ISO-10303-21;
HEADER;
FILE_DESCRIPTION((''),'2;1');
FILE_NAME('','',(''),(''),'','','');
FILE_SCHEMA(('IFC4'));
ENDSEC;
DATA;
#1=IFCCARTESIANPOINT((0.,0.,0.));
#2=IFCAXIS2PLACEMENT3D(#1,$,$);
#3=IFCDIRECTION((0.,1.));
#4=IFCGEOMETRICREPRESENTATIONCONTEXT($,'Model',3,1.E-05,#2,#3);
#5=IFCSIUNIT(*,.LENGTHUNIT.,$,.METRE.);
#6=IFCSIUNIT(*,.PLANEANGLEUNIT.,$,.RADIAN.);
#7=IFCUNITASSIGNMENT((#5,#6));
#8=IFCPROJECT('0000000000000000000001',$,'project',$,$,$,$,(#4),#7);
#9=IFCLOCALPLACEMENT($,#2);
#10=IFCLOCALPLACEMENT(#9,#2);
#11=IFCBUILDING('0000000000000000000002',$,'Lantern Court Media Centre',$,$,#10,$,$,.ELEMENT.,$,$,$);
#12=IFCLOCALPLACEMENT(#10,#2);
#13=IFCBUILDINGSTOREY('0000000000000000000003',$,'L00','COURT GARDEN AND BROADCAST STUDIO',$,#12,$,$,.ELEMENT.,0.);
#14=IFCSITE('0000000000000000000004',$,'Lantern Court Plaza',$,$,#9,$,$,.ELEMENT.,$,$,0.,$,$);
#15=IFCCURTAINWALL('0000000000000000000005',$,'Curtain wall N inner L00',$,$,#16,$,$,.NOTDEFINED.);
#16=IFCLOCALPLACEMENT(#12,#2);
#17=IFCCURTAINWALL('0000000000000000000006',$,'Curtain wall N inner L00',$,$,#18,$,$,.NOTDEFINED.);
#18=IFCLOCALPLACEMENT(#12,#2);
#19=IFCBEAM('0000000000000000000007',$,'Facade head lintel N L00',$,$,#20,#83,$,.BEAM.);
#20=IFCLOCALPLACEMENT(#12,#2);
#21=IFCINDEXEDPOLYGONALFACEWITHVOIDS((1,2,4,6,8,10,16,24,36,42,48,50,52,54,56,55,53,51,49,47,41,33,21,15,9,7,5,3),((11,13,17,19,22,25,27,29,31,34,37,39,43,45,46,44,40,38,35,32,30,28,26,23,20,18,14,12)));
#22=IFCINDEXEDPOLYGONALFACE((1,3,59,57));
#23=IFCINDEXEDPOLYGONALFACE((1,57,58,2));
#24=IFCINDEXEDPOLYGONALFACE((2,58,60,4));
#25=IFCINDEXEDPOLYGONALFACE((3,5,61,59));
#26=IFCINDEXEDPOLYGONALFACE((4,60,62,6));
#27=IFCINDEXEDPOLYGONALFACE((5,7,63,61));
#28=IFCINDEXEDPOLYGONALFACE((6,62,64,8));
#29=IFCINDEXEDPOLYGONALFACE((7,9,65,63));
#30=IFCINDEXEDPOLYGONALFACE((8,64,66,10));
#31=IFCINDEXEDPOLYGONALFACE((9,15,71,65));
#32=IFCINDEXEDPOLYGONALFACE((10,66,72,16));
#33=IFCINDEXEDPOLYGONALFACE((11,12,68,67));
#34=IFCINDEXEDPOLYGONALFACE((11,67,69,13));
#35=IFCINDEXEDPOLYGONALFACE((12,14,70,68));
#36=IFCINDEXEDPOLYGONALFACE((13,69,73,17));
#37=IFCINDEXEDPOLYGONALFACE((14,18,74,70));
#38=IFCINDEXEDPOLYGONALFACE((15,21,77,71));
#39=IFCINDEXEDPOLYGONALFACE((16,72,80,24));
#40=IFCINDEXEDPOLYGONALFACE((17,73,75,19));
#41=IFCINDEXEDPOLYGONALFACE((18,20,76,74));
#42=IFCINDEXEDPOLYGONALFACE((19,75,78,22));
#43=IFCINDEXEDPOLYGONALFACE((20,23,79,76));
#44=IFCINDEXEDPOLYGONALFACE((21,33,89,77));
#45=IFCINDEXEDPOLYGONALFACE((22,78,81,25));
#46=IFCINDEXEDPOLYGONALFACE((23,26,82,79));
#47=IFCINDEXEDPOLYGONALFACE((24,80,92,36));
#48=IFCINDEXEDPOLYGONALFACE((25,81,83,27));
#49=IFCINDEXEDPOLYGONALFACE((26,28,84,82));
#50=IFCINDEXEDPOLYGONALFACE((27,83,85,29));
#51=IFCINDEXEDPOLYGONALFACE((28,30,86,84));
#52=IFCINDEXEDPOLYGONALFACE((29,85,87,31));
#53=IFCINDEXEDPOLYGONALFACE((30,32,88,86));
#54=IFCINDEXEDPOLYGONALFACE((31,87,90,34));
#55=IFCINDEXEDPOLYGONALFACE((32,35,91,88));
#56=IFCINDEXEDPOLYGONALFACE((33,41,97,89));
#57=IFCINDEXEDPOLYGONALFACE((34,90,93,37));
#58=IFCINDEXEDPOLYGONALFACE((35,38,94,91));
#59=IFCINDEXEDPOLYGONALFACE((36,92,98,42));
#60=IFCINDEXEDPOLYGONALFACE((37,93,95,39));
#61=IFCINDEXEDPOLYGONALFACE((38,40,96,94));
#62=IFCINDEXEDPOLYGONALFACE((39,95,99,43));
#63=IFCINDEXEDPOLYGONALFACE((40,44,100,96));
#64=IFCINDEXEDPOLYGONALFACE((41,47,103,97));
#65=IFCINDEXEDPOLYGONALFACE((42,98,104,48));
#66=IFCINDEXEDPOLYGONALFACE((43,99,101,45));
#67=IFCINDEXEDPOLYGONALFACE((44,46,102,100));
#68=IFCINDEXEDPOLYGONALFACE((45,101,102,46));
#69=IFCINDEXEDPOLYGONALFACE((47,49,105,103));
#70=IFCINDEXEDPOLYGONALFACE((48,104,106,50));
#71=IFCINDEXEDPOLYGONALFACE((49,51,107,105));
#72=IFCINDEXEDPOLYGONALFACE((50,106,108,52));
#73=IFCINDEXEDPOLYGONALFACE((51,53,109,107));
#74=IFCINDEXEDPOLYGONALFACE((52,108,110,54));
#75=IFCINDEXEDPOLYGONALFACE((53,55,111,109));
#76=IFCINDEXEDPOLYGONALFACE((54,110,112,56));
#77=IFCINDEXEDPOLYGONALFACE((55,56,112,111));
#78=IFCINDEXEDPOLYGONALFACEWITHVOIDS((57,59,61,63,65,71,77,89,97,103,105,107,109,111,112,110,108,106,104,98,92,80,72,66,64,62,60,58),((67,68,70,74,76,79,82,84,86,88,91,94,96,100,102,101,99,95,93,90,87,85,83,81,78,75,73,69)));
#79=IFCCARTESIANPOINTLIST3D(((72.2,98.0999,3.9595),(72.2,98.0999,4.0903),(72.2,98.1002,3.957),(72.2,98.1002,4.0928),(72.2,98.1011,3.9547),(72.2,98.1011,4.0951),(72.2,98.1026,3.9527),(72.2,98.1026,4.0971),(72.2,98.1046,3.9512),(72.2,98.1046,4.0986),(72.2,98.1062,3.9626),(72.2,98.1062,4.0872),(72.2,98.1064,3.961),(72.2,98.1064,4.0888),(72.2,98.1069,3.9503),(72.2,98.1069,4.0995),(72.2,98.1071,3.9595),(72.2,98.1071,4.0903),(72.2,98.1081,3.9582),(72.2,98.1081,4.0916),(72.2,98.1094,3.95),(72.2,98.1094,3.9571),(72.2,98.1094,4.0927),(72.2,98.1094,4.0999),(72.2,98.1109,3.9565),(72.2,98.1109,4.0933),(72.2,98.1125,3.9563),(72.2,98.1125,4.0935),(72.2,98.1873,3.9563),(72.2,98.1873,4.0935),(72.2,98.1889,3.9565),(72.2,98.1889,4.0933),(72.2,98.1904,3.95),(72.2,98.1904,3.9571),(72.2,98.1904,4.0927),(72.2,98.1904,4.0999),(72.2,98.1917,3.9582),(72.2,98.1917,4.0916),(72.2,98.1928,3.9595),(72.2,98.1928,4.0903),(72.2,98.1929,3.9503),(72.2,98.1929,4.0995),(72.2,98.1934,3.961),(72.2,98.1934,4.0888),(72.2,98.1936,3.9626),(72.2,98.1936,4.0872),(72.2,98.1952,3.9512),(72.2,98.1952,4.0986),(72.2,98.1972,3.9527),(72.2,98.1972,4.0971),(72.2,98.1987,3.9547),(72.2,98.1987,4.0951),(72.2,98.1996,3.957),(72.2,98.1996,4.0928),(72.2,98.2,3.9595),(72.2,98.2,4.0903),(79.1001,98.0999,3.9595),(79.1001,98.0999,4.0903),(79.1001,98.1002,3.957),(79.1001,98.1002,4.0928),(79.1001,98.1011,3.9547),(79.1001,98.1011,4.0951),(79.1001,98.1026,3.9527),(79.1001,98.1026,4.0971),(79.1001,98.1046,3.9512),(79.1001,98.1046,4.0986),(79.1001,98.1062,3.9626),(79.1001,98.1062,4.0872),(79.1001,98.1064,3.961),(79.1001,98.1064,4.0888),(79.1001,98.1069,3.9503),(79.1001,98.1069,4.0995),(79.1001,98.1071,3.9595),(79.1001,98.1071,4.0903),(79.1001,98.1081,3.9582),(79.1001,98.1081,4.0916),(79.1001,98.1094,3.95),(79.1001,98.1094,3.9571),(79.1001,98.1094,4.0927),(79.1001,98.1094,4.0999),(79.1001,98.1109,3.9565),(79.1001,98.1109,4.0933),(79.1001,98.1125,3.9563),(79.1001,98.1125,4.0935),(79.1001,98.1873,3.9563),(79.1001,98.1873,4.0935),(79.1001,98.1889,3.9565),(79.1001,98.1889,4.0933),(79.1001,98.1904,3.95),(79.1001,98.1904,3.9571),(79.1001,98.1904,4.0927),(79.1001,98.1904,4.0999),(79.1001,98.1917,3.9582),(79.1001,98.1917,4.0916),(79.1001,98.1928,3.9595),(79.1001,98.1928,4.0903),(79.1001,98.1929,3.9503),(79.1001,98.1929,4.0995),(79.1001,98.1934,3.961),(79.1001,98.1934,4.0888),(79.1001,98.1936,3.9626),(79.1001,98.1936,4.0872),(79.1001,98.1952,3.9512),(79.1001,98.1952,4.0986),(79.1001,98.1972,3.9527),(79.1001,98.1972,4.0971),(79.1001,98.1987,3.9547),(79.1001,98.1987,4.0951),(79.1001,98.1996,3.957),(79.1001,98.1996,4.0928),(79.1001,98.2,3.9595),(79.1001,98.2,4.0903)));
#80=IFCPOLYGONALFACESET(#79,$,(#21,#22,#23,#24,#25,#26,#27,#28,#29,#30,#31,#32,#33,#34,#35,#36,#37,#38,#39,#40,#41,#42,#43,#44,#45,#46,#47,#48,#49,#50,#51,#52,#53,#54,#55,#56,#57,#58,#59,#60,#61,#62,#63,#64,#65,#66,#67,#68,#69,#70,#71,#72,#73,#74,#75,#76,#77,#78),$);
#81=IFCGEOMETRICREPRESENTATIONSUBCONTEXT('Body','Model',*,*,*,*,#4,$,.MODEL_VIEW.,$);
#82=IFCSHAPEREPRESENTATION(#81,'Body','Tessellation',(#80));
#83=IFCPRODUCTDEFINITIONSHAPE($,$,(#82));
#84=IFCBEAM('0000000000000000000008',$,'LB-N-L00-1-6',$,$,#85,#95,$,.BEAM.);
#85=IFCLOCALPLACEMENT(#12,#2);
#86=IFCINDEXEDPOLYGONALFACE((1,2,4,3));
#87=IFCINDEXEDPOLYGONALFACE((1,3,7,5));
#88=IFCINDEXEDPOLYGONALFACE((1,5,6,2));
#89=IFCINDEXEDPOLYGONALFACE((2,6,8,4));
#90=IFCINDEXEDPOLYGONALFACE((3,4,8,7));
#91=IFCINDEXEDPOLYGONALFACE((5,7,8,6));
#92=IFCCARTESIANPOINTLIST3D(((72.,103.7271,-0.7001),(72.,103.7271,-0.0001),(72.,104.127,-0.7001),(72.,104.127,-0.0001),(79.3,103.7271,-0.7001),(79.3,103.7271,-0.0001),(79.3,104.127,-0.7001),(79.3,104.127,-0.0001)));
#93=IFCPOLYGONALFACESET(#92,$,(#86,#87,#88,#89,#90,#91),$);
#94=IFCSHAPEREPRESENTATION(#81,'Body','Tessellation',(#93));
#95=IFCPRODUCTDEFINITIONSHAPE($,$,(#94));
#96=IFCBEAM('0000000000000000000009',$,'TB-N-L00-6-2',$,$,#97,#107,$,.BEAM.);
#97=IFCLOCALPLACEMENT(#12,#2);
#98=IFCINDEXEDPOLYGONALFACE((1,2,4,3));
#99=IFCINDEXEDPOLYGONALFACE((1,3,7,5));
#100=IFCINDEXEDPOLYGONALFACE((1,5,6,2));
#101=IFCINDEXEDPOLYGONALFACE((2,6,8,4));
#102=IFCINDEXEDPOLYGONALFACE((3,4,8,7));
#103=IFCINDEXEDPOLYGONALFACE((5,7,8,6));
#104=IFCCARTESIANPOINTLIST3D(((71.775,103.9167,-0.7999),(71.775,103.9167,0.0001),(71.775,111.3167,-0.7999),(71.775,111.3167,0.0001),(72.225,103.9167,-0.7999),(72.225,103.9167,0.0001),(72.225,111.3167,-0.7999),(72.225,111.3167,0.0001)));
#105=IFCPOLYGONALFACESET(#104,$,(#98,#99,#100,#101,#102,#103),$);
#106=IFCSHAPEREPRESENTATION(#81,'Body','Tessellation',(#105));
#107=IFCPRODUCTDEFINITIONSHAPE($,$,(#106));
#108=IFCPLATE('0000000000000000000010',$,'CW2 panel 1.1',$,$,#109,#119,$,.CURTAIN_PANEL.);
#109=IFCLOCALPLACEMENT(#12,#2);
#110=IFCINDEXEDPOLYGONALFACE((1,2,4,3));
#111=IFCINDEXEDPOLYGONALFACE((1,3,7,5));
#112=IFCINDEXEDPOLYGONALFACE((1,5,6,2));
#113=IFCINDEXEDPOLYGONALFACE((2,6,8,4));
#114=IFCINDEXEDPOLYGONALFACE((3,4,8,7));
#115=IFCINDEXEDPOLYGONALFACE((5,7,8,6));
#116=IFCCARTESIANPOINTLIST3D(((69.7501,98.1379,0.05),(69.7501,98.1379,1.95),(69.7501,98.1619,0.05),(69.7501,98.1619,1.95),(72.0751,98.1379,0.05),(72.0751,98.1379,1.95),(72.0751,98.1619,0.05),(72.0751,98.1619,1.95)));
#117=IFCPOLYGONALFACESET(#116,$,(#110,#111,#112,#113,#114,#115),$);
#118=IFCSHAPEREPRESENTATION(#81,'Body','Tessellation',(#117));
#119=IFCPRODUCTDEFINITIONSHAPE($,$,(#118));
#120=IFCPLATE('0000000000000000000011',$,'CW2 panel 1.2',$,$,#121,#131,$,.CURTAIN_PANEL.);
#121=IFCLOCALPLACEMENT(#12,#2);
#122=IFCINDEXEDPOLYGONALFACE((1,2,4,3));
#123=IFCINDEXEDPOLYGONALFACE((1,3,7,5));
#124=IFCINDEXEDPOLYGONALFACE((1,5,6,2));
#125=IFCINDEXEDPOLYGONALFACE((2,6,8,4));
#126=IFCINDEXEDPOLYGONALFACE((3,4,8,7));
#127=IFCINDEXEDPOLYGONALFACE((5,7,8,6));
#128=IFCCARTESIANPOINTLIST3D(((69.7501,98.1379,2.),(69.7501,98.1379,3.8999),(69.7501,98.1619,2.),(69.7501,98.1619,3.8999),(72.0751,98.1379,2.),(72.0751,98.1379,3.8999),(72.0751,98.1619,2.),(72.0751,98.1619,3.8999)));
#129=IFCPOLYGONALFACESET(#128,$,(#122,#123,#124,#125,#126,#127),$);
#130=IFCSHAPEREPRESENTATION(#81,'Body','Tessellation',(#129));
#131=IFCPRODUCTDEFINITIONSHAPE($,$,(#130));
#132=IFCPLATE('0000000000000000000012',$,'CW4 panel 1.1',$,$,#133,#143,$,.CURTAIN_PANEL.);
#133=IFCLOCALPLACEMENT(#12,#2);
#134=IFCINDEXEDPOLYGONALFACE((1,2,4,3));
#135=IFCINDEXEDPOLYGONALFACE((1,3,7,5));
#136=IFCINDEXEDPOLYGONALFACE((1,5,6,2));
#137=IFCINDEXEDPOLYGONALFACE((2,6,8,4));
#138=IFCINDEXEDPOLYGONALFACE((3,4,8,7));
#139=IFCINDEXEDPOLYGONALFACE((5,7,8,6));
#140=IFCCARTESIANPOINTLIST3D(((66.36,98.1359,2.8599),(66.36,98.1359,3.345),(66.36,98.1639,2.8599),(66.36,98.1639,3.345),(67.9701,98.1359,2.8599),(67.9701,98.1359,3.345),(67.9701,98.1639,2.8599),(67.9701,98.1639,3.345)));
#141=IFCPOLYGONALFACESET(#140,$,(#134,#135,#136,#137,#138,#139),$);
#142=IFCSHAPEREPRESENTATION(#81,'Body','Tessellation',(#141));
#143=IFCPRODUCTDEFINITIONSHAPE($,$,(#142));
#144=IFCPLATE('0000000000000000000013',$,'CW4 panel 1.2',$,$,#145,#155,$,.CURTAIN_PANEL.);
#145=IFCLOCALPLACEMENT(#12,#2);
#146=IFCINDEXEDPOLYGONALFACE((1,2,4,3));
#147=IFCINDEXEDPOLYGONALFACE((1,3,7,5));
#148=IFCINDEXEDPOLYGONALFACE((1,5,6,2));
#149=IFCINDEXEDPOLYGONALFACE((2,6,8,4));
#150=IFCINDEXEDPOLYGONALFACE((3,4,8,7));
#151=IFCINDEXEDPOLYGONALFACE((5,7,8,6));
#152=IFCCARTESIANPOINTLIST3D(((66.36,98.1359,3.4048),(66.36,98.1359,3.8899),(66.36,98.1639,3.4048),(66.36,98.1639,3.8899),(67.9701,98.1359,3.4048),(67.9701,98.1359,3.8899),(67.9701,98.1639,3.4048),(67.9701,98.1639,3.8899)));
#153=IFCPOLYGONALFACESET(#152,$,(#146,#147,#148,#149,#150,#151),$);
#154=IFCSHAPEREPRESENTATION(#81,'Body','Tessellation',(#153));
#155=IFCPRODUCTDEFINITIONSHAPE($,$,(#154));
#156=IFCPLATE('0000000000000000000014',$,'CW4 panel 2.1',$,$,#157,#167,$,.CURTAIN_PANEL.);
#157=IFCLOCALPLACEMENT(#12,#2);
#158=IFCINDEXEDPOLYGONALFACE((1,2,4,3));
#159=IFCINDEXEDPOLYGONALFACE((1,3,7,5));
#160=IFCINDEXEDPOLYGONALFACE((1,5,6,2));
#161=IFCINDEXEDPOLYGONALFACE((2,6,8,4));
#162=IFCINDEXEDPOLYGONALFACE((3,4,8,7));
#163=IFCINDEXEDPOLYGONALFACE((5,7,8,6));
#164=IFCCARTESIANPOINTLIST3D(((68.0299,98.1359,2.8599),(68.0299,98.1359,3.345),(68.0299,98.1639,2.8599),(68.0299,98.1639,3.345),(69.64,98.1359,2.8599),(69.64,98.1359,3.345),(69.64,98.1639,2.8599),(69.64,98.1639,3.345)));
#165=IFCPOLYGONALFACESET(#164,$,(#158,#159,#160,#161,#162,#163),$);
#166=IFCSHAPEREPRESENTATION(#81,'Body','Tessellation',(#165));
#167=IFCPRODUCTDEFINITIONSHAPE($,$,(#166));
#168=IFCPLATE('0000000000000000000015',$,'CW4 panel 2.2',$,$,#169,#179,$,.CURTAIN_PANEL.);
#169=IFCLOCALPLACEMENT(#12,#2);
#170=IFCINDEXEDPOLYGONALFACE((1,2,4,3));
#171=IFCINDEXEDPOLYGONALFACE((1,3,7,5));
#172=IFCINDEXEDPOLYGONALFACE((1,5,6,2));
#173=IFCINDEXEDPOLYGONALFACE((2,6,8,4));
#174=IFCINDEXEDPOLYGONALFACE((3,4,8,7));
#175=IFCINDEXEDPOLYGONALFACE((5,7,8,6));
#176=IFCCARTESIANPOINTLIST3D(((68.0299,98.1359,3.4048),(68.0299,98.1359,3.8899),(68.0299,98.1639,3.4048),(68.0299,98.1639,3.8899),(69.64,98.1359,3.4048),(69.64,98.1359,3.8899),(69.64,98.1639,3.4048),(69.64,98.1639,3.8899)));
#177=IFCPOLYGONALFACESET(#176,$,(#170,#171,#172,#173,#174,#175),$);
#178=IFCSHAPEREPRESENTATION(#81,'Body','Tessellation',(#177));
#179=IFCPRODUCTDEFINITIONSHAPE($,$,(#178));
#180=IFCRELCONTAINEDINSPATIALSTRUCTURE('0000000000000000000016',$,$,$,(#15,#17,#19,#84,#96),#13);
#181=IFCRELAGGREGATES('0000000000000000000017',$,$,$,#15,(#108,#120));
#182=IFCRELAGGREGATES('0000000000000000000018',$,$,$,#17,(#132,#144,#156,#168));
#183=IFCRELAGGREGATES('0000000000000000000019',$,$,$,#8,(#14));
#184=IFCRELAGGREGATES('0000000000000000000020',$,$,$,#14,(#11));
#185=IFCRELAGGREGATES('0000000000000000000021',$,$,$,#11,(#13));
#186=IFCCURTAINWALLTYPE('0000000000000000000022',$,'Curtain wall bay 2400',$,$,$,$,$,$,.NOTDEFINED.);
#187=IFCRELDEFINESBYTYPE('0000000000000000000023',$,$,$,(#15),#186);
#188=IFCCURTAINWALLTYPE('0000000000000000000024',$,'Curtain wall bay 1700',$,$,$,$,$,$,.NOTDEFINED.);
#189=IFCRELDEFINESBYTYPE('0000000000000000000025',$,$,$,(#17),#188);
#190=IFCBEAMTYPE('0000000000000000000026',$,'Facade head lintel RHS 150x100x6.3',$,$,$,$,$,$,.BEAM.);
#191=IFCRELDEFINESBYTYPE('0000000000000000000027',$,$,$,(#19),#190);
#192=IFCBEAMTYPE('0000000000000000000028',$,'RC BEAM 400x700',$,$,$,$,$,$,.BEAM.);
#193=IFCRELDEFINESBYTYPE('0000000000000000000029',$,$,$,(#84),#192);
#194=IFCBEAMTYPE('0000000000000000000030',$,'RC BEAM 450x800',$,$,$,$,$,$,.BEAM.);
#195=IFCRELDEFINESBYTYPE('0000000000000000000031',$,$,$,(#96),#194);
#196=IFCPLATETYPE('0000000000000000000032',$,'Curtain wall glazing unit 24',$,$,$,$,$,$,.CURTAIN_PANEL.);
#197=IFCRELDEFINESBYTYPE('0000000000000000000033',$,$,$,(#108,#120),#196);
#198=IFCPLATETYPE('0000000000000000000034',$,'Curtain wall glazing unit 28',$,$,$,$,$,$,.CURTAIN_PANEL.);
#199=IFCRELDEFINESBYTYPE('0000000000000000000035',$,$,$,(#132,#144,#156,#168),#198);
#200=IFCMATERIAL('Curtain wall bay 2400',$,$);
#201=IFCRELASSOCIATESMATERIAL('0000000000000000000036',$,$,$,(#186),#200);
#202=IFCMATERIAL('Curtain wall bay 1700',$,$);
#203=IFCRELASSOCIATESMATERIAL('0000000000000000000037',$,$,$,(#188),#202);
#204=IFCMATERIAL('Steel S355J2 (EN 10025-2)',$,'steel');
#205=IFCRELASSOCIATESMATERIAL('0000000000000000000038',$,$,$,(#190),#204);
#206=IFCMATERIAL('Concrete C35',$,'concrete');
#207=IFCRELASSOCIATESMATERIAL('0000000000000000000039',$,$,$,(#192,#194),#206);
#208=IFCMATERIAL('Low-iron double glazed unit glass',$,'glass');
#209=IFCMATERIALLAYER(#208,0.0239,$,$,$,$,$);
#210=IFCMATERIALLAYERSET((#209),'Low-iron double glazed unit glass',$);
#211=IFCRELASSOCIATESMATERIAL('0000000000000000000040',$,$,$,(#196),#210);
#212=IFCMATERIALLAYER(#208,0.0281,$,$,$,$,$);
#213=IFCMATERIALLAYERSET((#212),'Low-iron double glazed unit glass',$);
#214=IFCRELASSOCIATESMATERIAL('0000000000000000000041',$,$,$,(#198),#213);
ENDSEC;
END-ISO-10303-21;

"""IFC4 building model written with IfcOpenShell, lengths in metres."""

from ifc_helpers import new_model, si_unit, direction, frame, origin, origin_2d, place, context, subcontext, project, spatial, rectangle, hollow_rectangle, extrude, material, layer, layer_set, material_profile, profile_set, type_object, element, aggregate, save


model = new_model("IFC4")

# Units and contexts
model_context = context("Model", 3, precision=1e-05, world=origin(), true_north=direction((0.0, 1.0)))
body_context = subcontext(model_context, "Body", "Model", "MODEL_VIEW")
ifc_project = project(units=[si_unit("LENGTHUNIT", "METRE"), si_unit("PLANEANGLEUNIT", "RADIAN")], contexts=[model_context])

# Site, building, storey
site_placement = place(None, origin())
site = spatial("IfcSite", under=ifc_project, at=site_placement, Name="Lantern Court Plaza", CompositionType="ELEMENT", RefElevation=0.0)
building_placement = place(site_placement, origin())
building = spatial("IfcBuilding", under=site, at=building_placement, Name="Lantern Court Media Centre", CompositionType="ELEMENT")
storey_placement = place(building_placement, origin())
storey = spatial("IfcBuildingStorey", under=building, at=storey_placement, Name="L00", Description="COURT GARDEN AND BROADCAST STUDIO", CompositionType="ELEMENT", Elevation=0.0)

# Shared definitions
ifc_material_1 = material(Name="Concrete C35", Category="concrete")

# Curtain wall
ifc_material_2 = material(Name="Curtain wall bay 2400")
curtain_wall_type_1 = type_object("IfcCurtainWallType", Name="Curtain wall bay 2400", PredefinedType="NOTDEFINED", material=ifc_material_2)
curtain_wall_1_placement = place(storey_placement, origin())
curtain_wall_1 = element("IfcCurtainWall", 1, at=curtain_wall_1_placement, inside=storey, type_object=curtain_wall_type_1, Name="Curtain wall N inner L00", PredefinedType="NOTDEFINED")

# Curtain wall
ifc_material_3 = material(Name="Curtain wall bay 1700")
curtain_wall_type_2 = type_object("IfcCurtainWallType", Name="Curtain wall bay 1700", PredefinedType="NOTDEFINED", material=ifc_material_3)
curtain_wall_2_placement = place(storey_placement, origin())
curtain_wall_2 = element("IfcCurtainWall", 2, at=curtain_wall_2_placement, inside=storey, type_object=curtain_wall_type_2, Name="Curtain wall N inner L00", PredefinedType="NOTDEFINED")

# Beams
ifc_material_4 = material(Name="Steel S355J2 (EN 10025-2)", Category="steel")
ifc_material_profile_1 = material_profile(ifc_material_4, hollow_rectangle(XDim=0.1001, YDim=0.1499, WallThickness=0.0063, InnerFilletRadius=0.0063, OuterFilletRadius=0.0095, at=origin_2d()), Name="Facade head lintel RHS 150x100x6.3")
ifc_profile_set_1 = profile_set([ifc_material_profile_1], Name="Steel S355J2 (EN 10025-2)")
beam_type_1 = type_object("IfcBeamType", Name="Facade head lintel RHS 150x100x6.3", PredefinedType="BEAM", material=ifc_profile_set_1)
beam_1_placement = place(storey_placement, frame((72.2, 98.1499, 4.0249), z_axis=(1.0, 0.0, 0.0), x_axis=(0.0, 1.0, 0.0)))
element("IfcBeam", 3, at=beam_1_placement, inside=storey, type_object=beam_type_1, Name="Facade head lintel N L00", PredefinedType="BEAM", context=body_context, shape_type="SweptSolid", body=[
    extrude(hollow_rectangle(XDim=0.1001, YDim=0.1499, WallThickness=0.0063, InnerFilletRadius=0.0063, OuterFilletRadius=0.0095, at=origin_2d()), origin(), (0.0, 0.0, 1.0), 6.9001),
])
ifc_material_profile_2 = material_profile(ifc_material_1, rectangle(XDim=0.3999, YDim=0.7, at=origin_2d()), Name="RC 400x700")
ifc_profile_set_2 = profile_set([ifc_material_profile_2], Name="Concrete C35")
beam_type_2 = type_object("IfcBeamType", Name="RC BEAM 400x700", PredefinedType="BEAM", material=ifc_profile_set_2)
beam_2_placement = place(storey_placement, frame((72.0, 103.927, -0.3501), z_axis=(1.0, 0.0, 0.0), x_axis=(0.0, 1.0, 0.0)))
element("IfcBeam", 4, at=beam_2_placement, inside=storey, type_object=beam_type_2, Name="LB-N-L00-1-6", PredefinedType="BEAM", context=body_context, shape_type="SweptSolid", body=[
    extrude(rectangle(XDim=0.3999, YDim=0.7, at=origin_2d()), origin(), (0.0, 0.0, 1.0), 7.3),
])
ifc_material_profile_3 = material_profile(ifc_material_1, rectangle(XDim=0.45, YDim=0.8, at=origin_2d()), Name="RC 450x800")
ifc_profile_set_3 = profile_set([ifc_material_profile_3], Name="Concrete C35")
beam_type_3 = type_object("IfcBeamType", Name="RC BEAM 450x800", PredefinedType="BEAM", material=ifc_profile_set_3)
beam_3_placement = place(storey_placement, frame((72.0, 103.9167, -0.3999), z_axis=(0.0, 1.0, 0.0), x_axis=(-1.0, 0.0, 0.0)))
element("IfcBeam", 5, at=beam_3_placement, inside=storey, type_object=beam_type_3, Name="TB-N-L00-6-2", PredefinedType="BEAM", context=body_context, shape_type="SweptSolid", body=[
    extrude(rectangle(XDim=0.45, YDim=0.8, at=origin_2d()), origin(), (0.0, 0.0, 1.0), 7.3999),
])

# Plates
ifc_material_5 = material(Name="Low-iron double glazed unit glass", Category="glass")
ifc_layer_1 = layer(ifc_material_5, 0.0239)
ifc_layer_set_1 = layer_set([ifc_layer_1], Name="Low-iron double glazed unit glass")
plate_type_1 = type_object("IfcPlateType", Name="Curtain wall glazing unit 24", PredefinedType="CURTAIN_PANEL", material=ifc_layer_set_1)
plate_1_placement = place(storey_placement, frame((70.9126, 98.1499, 0.05), z_axis=(0.0, 0.0, 1.0), x_axis=(1.0, 0.0, 0.0)))
plate_1 = element("IfcPlate", 6, at=plate_1_placement, type_object=plate_type_1, Name="CW2 panel 1.1", PredefinedType="CURTAIN_PANEL", context=body_context, shape_type="SweptSolid", body=[
    extrude(rectangle(XDim=2.325, YDim=0.0239, at=origin_2d()), origin(), (0.0, 0.0, 1.0), 1.8999),
])
plate_2_placement = place(storey_placement, frame((70.9126, 98.1499, 2.0), z_axis=(0.0, 0.0, 1.0), x_axis=(1.0, 0.0, 0.0)))
plate_2 = element("IfcPlate", 7, at=plate_2_placement, type_object=plate_type_1, Name="CW2 panel 1.2", PredefinedType="CURTAIN_PANEL", context=body_context, shape_type="SweptSolid", body=[
    extrude(rectangle(XDim=2.325, YDim=0.0239, at=origin_2d()), origin(), (0.0, 0.0, 1.0), 1.8999),
])
aggregate(curtain_wall_1, [plate_1, plate_2])
ifc_layer_2 = layer(ifc_material_5, 0.0281)
ifc_layer_set_2 = layer_set([ifc_layer_2], Name="Low-iron double glazed unit glass")
plate_type_2 = type_object("IfcPlateType", Name="Curtain wall glazing unit 28", PredefinedType="CURTAIN_PANEL", material=ifc_layer_set_2)
plate_3_placement = place(storey_placement, frame((67.165, 98.1499, 2.8599), z_axis=(0.0, 0.0, 1.0), x_axis=(1.0, 0.0, 0.0)))
plate_3 = element("IfcPlate", 8, at=plate_3_placement, type_object=plate_type_2, Name="CW4 panel 1.1", PredefinedType="CURTAIN_PANEL", context=body_context, shape_type="SweptSolid", body=[
    extrude(rectangle(XDim=1.6101, YDim=0.0281, at=origin_2d()), origin(), (0.0, 0.0, 1.0), 0.4851),
])
plate_4_placement = place(storey_placement, frame((67.165, 98.1499, 3.4048), z_axis=(0.0, 0.0, 1.0), x_axis=(1.0, 0.0, 0.0)))
plate_4 = element("IfcPlate", 9, at=plate_4_placement, type_object=plate_type_2, Name="CW4 panel 1.2", PredefinedType="CURTAIN_PANEL", context=body_context, shape_type="SweptSolid", body=[
    extrude(rectangle(XDim=1.6101, YDim=0.0281, at=origin_2d()), origin(), (0.0, 0.0, 1.0), 0.4851),
])
plate_5_placement = place(storey_placement, frame((68.835, 98.1499, 2.8599), z_axis=(0.0, 0.0, 1.0), x_axis=(1.0, 0.0, 0.0)))
plate_5 = element("IfcPlate", 10, at=plate_5_placement, type_object=plate_type_2, Name="CW4 panel 2.1", PredefinedType="CURTAIN_PANEL", context=body_context, shape_type="SweptSolid", body=[
    extrude(rectangle(XDim=1.6101, YDim=0.0281, at=origin_2d()), origin(), (0.0, 0.0, 1.0), 0.4851),
])
plate_6_placement = place(storey_placement, frame((68.835, 98.1499, 3.4048), z_axis=(0.0, 0.0, 1.0), x_axis=(1.0, 0.0, 0.0)))
plate_6 = element("IfcPlate", 11, at=plate_6_placement, type_object=plate_type_2, Name="CW4 panel 2.2", PredefinedType="CURTAIN_PANEL", context=body_context, shape_type="SweptSolid", body=[
    extrude(rectangle(XDim=1.6101, YDim=0.0281, at=origin_2d()), origin(), (0.0, 0.0, 1.0), 0.4851),
])
aggregate(curtain_wall_2, [plate_3, plate_4, plate_5, plate_6])

save(model, "model.ifc")
